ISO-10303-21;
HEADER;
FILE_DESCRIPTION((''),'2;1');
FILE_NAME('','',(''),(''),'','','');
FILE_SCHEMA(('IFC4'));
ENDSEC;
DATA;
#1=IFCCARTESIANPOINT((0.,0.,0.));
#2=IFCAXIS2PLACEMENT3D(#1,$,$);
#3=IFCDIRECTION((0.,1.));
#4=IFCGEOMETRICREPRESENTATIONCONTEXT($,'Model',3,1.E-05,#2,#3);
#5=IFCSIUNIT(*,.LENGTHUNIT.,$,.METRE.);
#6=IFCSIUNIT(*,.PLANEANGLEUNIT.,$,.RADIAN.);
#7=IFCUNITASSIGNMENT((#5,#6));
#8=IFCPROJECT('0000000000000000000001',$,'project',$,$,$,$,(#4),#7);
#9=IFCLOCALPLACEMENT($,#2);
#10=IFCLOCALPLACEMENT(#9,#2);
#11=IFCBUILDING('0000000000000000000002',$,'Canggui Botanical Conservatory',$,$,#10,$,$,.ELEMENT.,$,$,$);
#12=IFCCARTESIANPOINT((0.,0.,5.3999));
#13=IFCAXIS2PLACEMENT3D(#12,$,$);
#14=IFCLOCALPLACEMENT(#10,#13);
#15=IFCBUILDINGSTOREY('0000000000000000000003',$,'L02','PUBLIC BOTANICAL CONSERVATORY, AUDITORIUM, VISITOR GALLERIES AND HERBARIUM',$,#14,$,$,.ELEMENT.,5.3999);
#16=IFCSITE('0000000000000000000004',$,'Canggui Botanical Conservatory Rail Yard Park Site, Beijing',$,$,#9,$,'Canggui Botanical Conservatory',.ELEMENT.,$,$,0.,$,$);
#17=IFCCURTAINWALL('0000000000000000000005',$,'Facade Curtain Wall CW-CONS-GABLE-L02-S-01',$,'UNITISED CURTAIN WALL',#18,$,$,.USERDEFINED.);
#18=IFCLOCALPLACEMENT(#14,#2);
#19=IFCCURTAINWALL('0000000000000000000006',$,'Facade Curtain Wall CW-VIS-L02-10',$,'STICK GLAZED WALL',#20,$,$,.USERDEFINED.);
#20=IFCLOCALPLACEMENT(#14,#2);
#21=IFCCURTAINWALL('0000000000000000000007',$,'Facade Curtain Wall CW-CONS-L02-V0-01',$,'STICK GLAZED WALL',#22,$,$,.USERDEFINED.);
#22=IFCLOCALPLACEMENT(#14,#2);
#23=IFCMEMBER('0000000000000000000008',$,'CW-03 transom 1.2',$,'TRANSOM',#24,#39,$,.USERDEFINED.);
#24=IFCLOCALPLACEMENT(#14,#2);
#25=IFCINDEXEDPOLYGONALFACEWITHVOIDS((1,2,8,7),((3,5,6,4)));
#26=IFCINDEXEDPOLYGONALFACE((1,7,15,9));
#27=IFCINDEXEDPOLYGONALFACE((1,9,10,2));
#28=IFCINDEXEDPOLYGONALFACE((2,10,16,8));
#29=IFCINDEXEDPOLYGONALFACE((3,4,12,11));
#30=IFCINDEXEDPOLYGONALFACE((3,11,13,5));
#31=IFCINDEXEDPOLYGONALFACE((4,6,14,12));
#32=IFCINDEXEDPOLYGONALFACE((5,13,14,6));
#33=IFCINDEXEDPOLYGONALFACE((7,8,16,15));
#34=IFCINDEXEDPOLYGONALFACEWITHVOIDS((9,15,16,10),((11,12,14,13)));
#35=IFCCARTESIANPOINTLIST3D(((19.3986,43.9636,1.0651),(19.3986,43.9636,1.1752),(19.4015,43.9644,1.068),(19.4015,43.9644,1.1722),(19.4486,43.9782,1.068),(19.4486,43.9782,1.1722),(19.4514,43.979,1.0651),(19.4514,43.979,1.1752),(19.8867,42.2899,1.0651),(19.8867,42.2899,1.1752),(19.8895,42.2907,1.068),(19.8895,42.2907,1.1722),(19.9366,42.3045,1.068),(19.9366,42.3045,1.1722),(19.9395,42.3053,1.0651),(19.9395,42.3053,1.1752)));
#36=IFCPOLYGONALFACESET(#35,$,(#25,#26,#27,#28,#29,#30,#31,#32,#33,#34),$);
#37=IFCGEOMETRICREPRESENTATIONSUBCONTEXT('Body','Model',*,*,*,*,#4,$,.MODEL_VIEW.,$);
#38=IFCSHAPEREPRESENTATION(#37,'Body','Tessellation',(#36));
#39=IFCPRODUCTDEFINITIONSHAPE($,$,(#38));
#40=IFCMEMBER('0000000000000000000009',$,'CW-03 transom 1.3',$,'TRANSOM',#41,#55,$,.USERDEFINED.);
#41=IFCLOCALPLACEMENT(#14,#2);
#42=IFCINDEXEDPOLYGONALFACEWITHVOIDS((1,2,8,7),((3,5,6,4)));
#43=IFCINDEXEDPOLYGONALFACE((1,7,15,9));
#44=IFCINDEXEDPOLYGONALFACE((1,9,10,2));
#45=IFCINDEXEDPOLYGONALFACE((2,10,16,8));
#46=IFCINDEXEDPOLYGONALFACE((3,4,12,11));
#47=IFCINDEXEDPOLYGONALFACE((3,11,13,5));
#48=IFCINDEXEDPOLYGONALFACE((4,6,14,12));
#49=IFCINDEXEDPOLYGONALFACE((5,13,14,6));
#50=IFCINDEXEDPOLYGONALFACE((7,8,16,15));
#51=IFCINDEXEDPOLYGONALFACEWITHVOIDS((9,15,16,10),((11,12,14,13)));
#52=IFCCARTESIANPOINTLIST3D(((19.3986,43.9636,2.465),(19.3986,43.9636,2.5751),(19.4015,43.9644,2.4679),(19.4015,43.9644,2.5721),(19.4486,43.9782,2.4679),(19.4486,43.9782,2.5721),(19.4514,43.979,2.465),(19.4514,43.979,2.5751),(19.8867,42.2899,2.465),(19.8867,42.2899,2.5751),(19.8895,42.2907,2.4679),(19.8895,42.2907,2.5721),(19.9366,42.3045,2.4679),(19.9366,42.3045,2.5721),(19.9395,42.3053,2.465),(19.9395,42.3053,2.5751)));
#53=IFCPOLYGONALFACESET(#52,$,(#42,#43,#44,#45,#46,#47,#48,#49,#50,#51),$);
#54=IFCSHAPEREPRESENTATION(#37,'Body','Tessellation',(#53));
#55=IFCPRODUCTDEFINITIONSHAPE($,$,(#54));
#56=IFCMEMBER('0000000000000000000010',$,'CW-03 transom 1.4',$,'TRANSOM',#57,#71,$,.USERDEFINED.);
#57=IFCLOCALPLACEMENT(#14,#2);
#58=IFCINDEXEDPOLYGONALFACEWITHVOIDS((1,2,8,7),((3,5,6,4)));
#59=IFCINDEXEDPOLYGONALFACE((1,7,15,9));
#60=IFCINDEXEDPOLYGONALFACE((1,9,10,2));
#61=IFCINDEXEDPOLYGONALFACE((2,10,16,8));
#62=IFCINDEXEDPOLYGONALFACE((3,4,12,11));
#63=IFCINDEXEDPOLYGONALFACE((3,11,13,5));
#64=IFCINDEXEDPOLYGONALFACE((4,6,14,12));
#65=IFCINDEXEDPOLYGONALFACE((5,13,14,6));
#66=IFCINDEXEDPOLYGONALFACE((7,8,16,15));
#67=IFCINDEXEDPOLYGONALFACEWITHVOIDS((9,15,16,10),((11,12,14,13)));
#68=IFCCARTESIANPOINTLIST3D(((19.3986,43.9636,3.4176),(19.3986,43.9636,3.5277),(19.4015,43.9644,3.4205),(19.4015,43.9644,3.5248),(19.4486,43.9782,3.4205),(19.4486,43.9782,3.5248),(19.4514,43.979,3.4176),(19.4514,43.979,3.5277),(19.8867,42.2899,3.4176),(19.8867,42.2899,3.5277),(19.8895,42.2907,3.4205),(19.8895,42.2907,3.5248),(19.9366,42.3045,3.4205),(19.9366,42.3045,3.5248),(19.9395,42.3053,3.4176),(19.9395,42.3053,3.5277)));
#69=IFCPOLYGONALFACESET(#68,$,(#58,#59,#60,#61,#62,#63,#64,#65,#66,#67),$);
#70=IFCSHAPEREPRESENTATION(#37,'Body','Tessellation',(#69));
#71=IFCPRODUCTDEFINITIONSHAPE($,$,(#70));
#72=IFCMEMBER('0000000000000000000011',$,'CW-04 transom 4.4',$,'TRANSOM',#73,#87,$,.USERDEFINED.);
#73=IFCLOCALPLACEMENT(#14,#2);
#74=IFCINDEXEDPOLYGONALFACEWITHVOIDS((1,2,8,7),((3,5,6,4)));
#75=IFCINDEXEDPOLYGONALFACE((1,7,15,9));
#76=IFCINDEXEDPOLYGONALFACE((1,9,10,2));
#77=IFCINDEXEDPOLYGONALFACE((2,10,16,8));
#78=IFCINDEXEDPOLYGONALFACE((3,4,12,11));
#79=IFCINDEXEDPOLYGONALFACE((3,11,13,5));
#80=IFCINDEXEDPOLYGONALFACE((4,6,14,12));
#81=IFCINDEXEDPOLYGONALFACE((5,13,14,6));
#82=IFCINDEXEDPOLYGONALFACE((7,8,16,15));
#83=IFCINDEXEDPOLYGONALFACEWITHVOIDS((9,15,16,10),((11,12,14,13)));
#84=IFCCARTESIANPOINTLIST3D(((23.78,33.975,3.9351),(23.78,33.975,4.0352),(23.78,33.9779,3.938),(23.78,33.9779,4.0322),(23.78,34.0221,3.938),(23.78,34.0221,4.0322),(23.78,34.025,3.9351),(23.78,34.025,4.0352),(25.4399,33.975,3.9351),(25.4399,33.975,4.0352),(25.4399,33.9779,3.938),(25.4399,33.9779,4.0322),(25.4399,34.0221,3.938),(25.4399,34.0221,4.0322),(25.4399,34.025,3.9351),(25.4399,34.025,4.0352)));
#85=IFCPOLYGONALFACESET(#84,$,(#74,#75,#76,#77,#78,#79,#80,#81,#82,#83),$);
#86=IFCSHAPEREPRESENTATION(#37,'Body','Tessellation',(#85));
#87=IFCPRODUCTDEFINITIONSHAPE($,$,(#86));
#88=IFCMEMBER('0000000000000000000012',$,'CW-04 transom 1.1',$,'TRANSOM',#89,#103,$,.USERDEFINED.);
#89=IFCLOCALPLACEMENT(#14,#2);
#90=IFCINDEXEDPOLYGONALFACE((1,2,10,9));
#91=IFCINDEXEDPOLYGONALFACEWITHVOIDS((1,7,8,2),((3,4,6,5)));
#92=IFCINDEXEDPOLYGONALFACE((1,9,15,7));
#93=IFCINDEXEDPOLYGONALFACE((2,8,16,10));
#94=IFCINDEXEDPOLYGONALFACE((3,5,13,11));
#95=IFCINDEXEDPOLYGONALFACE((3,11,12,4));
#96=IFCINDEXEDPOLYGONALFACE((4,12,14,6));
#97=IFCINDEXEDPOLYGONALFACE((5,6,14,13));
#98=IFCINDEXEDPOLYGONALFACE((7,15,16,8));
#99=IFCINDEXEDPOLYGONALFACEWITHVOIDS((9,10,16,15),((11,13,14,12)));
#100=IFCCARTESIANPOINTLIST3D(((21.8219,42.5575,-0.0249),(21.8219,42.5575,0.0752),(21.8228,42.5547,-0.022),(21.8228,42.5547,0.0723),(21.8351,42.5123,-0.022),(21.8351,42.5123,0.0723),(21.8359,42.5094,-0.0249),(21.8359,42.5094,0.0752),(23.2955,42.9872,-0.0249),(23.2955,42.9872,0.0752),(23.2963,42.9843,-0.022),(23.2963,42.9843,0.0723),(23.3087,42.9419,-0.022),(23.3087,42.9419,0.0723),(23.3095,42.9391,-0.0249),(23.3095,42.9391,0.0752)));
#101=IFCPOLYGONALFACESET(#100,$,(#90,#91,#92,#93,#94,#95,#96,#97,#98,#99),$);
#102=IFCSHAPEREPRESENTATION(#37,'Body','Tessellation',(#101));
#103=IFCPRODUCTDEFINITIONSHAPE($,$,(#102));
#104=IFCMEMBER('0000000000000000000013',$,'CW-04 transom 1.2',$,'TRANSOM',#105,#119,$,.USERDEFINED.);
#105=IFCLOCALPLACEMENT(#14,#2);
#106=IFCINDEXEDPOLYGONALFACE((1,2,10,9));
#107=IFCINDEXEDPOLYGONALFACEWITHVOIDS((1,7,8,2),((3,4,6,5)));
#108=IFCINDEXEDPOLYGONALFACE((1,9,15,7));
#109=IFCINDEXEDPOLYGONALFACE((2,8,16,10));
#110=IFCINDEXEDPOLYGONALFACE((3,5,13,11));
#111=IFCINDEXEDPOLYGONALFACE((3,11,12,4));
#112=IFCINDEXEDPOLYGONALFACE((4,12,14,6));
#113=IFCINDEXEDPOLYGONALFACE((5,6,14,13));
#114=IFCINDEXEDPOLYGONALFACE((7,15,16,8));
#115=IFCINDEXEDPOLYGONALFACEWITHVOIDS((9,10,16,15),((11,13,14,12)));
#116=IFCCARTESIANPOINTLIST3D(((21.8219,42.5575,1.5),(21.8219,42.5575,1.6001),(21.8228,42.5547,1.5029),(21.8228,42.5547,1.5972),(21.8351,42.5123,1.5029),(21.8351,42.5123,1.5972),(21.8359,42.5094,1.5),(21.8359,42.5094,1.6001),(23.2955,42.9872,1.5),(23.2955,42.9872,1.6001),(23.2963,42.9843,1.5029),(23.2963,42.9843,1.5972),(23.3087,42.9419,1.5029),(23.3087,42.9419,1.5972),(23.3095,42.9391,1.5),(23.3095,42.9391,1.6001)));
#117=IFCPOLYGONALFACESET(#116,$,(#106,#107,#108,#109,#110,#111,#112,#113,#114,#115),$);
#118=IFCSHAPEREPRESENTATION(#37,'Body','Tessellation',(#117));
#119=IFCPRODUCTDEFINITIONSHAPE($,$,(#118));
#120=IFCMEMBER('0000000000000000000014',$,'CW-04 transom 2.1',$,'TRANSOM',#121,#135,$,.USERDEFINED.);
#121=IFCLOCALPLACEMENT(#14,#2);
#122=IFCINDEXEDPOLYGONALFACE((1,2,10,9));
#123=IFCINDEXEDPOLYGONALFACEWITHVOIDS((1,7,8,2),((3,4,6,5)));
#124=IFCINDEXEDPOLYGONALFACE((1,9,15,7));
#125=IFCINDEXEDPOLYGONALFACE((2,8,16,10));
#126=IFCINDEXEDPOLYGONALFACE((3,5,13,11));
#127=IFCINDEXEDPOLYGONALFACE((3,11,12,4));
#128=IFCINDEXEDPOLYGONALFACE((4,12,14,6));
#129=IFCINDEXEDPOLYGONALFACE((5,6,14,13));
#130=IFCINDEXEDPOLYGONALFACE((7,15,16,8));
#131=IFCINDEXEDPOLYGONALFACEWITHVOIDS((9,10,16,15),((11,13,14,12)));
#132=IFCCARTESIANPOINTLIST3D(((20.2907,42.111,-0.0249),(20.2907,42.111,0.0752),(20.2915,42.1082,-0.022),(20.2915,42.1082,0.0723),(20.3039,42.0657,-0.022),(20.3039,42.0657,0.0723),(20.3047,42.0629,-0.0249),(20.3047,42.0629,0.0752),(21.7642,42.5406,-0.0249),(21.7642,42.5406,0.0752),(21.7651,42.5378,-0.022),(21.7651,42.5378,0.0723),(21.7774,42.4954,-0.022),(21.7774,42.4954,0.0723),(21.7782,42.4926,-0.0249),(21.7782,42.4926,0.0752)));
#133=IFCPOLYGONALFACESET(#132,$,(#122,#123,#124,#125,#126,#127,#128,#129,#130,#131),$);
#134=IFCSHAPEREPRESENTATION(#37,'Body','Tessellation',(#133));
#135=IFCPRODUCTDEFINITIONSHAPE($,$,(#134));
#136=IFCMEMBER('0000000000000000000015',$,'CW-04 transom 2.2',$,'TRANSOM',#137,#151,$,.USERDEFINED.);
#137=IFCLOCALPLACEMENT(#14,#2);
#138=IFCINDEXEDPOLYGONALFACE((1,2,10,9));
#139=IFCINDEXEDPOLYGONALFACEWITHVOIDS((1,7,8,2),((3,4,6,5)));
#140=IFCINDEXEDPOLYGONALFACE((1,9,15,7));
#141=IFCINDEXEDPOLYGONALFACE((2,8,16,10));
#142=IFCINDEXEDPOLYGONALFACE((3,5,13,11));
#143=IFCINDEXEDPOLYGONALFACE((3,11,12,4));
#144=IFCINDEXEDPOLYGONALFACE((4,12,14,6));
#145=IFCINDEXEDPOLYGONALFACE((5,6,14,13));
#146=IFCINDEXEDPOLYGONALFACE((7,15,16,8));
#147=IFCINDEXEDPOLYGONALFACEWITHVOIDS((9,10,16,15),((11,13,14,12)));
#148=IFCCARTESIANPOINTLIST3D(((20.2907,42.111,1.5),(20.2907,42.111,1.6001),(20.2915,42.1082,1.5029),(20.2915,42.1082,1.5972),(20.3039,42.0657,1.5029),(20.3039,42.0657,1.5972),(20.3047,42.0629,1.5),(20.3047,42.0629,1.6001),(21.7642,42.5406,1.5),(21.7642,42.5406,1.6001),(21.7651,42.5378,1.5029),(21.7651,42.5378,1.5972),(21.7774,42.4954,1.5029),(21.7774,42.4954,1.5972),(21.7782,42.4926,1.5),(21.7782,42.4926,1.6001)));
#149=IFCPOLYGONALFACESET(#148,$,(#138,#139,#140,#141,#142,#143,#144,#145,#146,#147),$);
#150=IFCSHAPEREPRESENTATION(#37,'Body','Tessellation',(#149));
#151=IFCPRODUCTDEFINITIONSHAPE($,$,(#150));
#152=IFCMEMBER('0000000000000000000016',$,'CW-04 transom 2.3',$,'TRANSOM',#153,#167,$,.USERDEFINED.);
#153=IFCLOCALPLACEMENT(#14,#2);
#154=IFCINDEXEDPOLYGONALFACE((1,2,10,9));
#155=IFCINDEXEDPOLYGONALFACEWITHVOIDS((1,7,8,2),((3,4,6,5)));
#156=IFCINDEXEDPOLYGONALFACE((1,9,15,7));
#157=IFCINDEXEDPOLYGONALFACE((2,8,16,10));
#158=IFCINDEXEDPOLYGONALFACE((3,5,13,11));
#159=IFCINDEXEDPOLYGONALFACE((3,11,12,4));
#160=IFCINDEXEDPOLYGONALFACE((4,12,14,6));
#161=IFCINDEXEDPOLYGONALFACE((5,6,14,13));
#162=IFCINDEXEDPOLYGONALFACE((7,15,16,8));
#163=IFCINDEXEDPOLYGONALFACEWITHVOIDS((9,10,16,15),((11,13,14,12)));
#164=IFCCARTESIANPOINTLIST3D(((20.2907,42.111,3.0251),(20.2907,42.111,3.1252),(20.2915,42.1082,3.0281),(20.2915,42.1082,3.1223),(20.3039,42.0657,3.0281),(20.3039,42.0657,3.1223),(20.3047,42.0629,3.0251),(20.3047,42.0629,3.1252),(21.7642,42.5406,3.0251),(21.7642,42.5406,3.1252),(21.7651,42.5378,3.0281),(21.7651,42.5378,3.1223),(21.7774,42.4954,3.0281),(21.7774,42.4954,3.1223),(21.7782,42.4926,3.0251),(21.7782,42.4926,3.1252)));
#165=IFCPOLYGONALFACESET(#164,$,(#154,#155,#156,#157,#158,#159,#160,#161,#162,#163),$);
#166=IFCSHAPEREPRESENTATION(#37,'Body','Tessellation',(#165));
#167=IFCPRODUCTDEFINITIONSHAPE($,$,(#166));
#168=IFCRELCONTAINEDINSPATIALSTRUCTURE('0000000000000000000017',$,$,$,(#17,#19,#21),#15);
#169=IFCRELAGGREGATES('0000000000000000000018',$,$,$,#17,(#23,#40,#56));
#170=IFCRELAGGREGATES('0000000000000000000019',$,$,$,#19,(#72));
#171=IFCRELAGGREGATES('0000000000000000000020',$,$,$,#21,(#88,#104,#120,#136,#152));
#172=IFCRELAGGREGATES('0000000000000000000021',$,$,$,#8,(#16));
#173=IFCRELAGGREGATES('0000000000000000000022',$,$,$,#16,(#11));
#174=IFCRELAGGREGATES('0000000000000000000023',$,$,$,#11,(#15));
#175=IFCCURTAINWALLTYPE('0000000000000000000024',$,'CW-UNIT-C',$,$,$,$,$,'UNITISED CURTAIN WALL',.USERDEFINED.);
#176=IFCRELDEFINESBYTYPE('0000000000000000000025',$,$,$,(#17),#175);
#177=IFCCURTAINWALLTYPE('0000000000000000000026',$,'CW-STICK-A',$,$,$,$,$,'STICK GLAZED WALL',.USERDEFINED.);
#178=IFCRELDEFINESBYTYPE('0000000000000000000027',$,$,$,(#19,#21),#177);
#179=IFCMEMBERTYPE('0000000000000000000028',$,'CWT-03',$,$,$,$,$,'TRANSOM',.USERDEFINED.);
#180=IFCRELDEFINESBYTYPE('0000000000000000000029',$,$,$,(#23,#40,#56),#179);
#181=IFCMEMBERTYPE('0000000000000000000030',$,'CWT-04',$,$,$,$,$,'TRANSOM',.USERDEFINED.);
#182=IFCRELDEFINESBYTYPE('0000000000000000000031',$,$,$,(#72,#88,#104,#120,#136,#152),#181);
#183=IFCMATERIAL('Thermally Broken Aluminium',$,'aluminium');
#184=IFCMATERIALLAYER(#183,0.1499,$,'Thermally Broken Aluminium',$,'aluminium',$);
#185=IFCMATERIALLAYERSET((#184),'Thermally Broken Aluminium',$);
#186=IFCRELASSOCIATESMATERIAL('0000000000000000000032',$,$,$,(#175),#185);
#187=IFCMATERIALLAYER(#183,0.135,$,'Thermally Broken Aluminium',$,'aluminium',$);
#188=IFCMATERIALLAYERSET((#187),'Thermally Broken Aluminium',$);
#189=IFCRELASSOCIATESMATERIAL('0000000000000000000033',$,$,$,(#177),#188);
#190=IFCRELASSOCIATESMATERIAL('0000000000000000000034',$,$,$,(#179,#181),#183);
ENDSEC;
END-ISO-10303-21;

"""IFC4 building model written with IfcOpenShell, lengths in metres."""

from ifc_helpers import new_model, si_unit, direction, frame, origin, origin_2d, place, context, subcontext, project, spatial, hollow_rectangle, extrude, material, layer, layer_set, material_profile, profile_set, type_object, element, aggregate, save


model = new_model("IFC4")

# Units and contexts
model_context = context("Model", 3, precision=1e-05, world=origin(), true_north=direction((0.0, 1.0)))
body_context = subcontext(model_context, "Body", "Model", "MODEL_VIEW")
ifc_project = project(units=[si_unit("LENGTHUNIT", "METRE"), si_unit("PLANEANGLEUNIT", "RADIAN")], contexts=[model_context])

# Site, building, storey
site_placement = place(None, origin())
site = spatial("IfcSite", under=ifc_project, at=site_placement, Name="Canggui Botanical Conservatory Rail Yard Park Site, Beijing", LongName="Canggui Botanical Conservatory", CompositionType="ELEMENT", RefElevation=0.0)
building_placement = place(site_placement, origin())
building = spatial("IfcBuilding", under=site, at=building_placement, Name="Canggui Botanical Conservatory", CompositionType="ELEMENT")
storey_placement = place(building_placement, frame((0.0, 0.0, 5.3999)))
storey = spatial("IfcBuildingStorey", under=building, at=storey_placement, Name="L02", Description="PUBLIC BOTANICAL CONSERVATORY, AUDITORIUM, VISITOR GALLERIES AND HERBARIUM", CompositionType="ELEMENT", Elevation=5.3999)

# Curtain walls
ifc_material_1 = material(Name="Thermally Broken Aluminium", Category="aluminium")
ifc_layer_1 = layer(ifc_material_1, 0.1499, Name="Thermally Broken Aluminium", Category="aluminium")
ifc_layer_set_1 = layer_set([ifc_layer_1], Name="Thermally Broken Aluminium")
curtain_wall_type_1 = type_object("IfcCurtainWallType", Name="CW-UNIT-C", ElementType="UNITISED CURTAIN WALL", PredefinedType="USERDEFINED", material=ifc_layer_set_1)
curtain_wall_1_placement = place(storey_placement, origin())
curtain_wall_1 = element("IfcCurtainWall", 1, at=curtain_wall_1_placement, inside=storey, type_object=curtain_wall_type_1, Name="Facade Curtain Wall CW-CONS-GABLE-L02-S-01", ObjectType="UNITISED CURTAIN WALL", PredefinedType="USERDEFINED")
ifc_layer_2 = layer(ifc_material_1, 0.135, Name="Thermally Broken Aluminium", Category="aluminium")
ifc_layer_set_2 = layer_set([ifc_layer_2], Name="Thermally Broken Aluminium")
curtain_wall_type_2 = type_object("IfcCurtainWallType", Name="CW-STICK-A", ElementType="STICK GLAZED WALL", PredefinedType="USERDEFINED", material=ifc_layer_set_2)
curtain_wall_2_placement = place(storey_placement, origin())
curtain_wall_2 = element("IfcCurtainWall", 2, at=curtain_wall_2_placement, inside=storey, type_object=curtain_wall_type_2, Name="Facade Curtain Wall CW-VIS-L02-10", ObjectType="STICK GLAZED WALL", PredefinedType="USERDEFINED")

# Curtain wall
curtain_wall_3_placement = place(storey_placement, origin())
curtain_wall_3 = element("IfcCurtainWall", 3, at=curtain_wall_3_placement, inside=storey, type_object=curtain_wall_type_2, Name="Facade Curtain Wall CW-CONS-L02-V0-01", ObjectType="STICK GLAZED WALL", PredefinedType="USERDEFINED")

# Members
ifc_material_profile_1 = material_profile(ifc_material_1, hollow_rectangle(XDim=0.0549, YDim=0.1101, WallThickness=0.0029, at=origin_2d()), Name="CWT 55x110x3")
ifc_profile_set_1 = profile_set([ifc_material_profile_1], Name="Thermally Broken Aluminium")
member_type_1 = type_object("IfcMemberType", Name="CWT-03", ElementType="TRANSOM", PredefinedType="USERDEFINED", material=ifc_profile_set_1)
member_1_placement = place(storey_placement, frame((19.9131, 42.2976, 1.1201), z_axis=(-0.279952, 0.960014, 0.0), x_axis=(-0.960014, -0.279952, 0.0)))
member_1 = element("IfcMember", 4, at=member_1_placement, type_object=member_type_1, Name="CW-03 transom 1.2", ObjectType="TRANSOM", PredefinedType="USERDEFINED", context=body_context, shape_type="SweptSolid", body=[
    extrude(hollow_rectangle(XDim=0.0549, YDim=0.1101, WallThickness=0.0029, at=origin_2d()), origin(), (0.0, 0.0, 1.0), 1.7434),
])
member_2_placement = place(storey_placement, frame((19.9131, 42.2976, 2.52), z_axis=(-0.279952, 0.960014, 0.0), x_axis=(-0.960014, -0.279952, 0.0)))
member_2 = element("IfcMember", 5, at=member_2_placement, type_object=member_type_1, Name="CW-03 transom 1.3", ObjectType="TRANSOM", PredefinedType="USERDEFINED", context=body_context, shape_type="SweptSolid", body=[
    extrude(hollow_rectangle(XDim=0.0549, YDim=0.1101, WallThickness=0.0029, at=origin_2d()), origin(), (0.0, 0.0, 1.0), 1.7434),
])
member_3_placement = place(storey_placement, frame((19.9131, 42.2976, 3.4727), z_axis=(-0.279952, 0.960014, 0.0), x_axis=(-0.960014, -0.279952, 0.0)))
member_3 = element("IfcMember", 6, at=member_3_placement, type_object=member_type_1, Name="CW-03 transom 1.4", ObjectType="TRANSOM", PredefinedType="USERDEFINED", context=body_context, shape_type="SweptSolid", body=[
    extrude(hollow_rectangle(XDim=0.0549, YDim=0.1101, WallThickness=0.0029, at=origin_2d()), origin(), (0.0, 0.0, 1.0), 1.7434),
])
aggregate(curtain_wall_1, [member_1, member_2, member_3])
ifc_material_profile_2 = material_profile(ifc_material_1, hollow_rectangle(XDim=0.05, YDim=0.1001, WallThickness=0.0029, at=origin_2d()), Name="CWT 50x100x3")
ifc_profile_set_2 = profile_set([ifc_material_profile_2], Name="Thermally Broken Aluminium")
member_type_2 = type_object("IfcMemberType", Name="CWT-04", ElementType="TRANSOM", PredefinedType="USERDEFINED", material=ifc_profile_set_2)
member_4_placement = place(storey_placement, frame((23.78, 34.0, 3.9851), z_axis=(1.0, 0.0, 0.0), x_axis=(0.0, 1.0, 0.0)))
member_4 = element("IfcMember", 7, at=member_4_placement, type_object=member_type_2, Name="CW-04 transom 4.4", ObjectType="TRANSOM", PredefinedType="USERDEFINED", context=body_context, shape_type="SweptSolid", body=[
    extrude(hollow_rectangle(XDim=0.05, YDim=0.1001, WallThickness=0.0029, at=origin_2d()), origin(), (0.0, 0.0, 1.0), 1.6599),
])
member_5_placement = place(storey_placement, frame((23.3025, 42.9631, 0.0251), z_axis=(-0.960021, -0.279927, 0.0), x_axis=(0.279927, -0.960021, 0.0)))
member_5 = element("IfcMember", 8, at=member_5_placement, type_object=member_type_2, Name="CW-04 transom 1.1", ObjectType="TRANSOM", PredefinedType="USERDEFINED", context=body_context, shape_type="SweptSolid", body=[
    extrude(hollow_rectangle(XDim=0.05, YDim=0.1001, WallThickness=0.0029, at=origin_2d()), origin(), (0.0, 0.0, 1.0), 1.5349),
])
member_6_placement = place(storey_placement, frame((23.3025, 42.9631, 1.55), z_axis=(-0.960021, -0.279927, 0.0), x_axis=(0.279927, -0.960021, 0.0)))
member_6 = element("IfcMember", 9, at=member_6_placement, type_object=member_type_2, Name="CW-04 transom 1.2", ObjectType="TRANSOM", PredefinedType="USERDEFINED", context=body_context, shape_type="SweptSolid", body=[
    extrude(hollow_rectangle(XDim=0.05, YDim=0.1001, WallThickness=0.0029, at=origin_2d()), origin(), (0.0, 0.0, 1.0), 1.5349),
])
member_7_placement = place(storey_placement, frame((21.7712, 42.5166, 0.0251), z_axis=(-0.960021, -0.279927, 0.0), x_axis=(0.279927, -0.960021, 0.0)))
member_7 = element("IfcMember", 10, at=member_7_placement, type_object=member_type_2, Name="CW-04 transom 2.1", ObjectType="TRANSOM", PredefinedType="USERDEFINED", context=body_context, shape_type="SweptSolid", body=[
    extrude(hollow_rectangle(XDim=0.05, YDim=0.1001, WallThickness=0.0029, at=origin_2d()), origin(), (0.0, 0.0, 1.0), 1.5349),
])
member_8_placement = place(storey_placement, frame((21.7712, 42.5166, 1.55), z_axis=(-0.960021, -0.279927, 0.0), x_axis=(0.279927, -0.960021, 0.0)))
member_8 = element("IfcMember", 11, at=member_8_placement, type_object=member_type_2, Name="CW-04 transom 2.2", ObjectType="TRANSOM", PredefinedType="USERDEFINED", context=body_context, shape_type="SweptSolid", body=[
    extrude(hollow_rectangle(XDim=0.05, YDim=0.1001, WallThickness=0.0029, at=origin_2d()), origin(), (0.0, 0.0, 1.0), 1.5349),
])
member_9_placement = place(storey_placement, frame((21.7712, 42.5166, 3.0752), z_axis=(-0.960021, -0.279927, 0.0), x_axis=(0.279927, -0.960021, 0.0)))
member_9 = element("IfcMember", 12, at=member_9_placement, type_object=member_type_2, Name="CW-04 transom 2.3", ObjectType="TRANSOM", PredefinedType="USERDEFINED", context=body_context, shape_type="SweptSolid", body=[
    extrude(hollow_rectangle(XDim=0.05, YDim=0.1001, WallThickness=0.0029, at=origin_2d()), origin(), (0.0, 0.0, 1.0), 1.5349),
])

aggregate(curtain_wall_2, [member_4])
aggregate(curtain_wall_3, [member_5, member_6, member_7, member_8, member_9])

save(model, "model.ifc")
